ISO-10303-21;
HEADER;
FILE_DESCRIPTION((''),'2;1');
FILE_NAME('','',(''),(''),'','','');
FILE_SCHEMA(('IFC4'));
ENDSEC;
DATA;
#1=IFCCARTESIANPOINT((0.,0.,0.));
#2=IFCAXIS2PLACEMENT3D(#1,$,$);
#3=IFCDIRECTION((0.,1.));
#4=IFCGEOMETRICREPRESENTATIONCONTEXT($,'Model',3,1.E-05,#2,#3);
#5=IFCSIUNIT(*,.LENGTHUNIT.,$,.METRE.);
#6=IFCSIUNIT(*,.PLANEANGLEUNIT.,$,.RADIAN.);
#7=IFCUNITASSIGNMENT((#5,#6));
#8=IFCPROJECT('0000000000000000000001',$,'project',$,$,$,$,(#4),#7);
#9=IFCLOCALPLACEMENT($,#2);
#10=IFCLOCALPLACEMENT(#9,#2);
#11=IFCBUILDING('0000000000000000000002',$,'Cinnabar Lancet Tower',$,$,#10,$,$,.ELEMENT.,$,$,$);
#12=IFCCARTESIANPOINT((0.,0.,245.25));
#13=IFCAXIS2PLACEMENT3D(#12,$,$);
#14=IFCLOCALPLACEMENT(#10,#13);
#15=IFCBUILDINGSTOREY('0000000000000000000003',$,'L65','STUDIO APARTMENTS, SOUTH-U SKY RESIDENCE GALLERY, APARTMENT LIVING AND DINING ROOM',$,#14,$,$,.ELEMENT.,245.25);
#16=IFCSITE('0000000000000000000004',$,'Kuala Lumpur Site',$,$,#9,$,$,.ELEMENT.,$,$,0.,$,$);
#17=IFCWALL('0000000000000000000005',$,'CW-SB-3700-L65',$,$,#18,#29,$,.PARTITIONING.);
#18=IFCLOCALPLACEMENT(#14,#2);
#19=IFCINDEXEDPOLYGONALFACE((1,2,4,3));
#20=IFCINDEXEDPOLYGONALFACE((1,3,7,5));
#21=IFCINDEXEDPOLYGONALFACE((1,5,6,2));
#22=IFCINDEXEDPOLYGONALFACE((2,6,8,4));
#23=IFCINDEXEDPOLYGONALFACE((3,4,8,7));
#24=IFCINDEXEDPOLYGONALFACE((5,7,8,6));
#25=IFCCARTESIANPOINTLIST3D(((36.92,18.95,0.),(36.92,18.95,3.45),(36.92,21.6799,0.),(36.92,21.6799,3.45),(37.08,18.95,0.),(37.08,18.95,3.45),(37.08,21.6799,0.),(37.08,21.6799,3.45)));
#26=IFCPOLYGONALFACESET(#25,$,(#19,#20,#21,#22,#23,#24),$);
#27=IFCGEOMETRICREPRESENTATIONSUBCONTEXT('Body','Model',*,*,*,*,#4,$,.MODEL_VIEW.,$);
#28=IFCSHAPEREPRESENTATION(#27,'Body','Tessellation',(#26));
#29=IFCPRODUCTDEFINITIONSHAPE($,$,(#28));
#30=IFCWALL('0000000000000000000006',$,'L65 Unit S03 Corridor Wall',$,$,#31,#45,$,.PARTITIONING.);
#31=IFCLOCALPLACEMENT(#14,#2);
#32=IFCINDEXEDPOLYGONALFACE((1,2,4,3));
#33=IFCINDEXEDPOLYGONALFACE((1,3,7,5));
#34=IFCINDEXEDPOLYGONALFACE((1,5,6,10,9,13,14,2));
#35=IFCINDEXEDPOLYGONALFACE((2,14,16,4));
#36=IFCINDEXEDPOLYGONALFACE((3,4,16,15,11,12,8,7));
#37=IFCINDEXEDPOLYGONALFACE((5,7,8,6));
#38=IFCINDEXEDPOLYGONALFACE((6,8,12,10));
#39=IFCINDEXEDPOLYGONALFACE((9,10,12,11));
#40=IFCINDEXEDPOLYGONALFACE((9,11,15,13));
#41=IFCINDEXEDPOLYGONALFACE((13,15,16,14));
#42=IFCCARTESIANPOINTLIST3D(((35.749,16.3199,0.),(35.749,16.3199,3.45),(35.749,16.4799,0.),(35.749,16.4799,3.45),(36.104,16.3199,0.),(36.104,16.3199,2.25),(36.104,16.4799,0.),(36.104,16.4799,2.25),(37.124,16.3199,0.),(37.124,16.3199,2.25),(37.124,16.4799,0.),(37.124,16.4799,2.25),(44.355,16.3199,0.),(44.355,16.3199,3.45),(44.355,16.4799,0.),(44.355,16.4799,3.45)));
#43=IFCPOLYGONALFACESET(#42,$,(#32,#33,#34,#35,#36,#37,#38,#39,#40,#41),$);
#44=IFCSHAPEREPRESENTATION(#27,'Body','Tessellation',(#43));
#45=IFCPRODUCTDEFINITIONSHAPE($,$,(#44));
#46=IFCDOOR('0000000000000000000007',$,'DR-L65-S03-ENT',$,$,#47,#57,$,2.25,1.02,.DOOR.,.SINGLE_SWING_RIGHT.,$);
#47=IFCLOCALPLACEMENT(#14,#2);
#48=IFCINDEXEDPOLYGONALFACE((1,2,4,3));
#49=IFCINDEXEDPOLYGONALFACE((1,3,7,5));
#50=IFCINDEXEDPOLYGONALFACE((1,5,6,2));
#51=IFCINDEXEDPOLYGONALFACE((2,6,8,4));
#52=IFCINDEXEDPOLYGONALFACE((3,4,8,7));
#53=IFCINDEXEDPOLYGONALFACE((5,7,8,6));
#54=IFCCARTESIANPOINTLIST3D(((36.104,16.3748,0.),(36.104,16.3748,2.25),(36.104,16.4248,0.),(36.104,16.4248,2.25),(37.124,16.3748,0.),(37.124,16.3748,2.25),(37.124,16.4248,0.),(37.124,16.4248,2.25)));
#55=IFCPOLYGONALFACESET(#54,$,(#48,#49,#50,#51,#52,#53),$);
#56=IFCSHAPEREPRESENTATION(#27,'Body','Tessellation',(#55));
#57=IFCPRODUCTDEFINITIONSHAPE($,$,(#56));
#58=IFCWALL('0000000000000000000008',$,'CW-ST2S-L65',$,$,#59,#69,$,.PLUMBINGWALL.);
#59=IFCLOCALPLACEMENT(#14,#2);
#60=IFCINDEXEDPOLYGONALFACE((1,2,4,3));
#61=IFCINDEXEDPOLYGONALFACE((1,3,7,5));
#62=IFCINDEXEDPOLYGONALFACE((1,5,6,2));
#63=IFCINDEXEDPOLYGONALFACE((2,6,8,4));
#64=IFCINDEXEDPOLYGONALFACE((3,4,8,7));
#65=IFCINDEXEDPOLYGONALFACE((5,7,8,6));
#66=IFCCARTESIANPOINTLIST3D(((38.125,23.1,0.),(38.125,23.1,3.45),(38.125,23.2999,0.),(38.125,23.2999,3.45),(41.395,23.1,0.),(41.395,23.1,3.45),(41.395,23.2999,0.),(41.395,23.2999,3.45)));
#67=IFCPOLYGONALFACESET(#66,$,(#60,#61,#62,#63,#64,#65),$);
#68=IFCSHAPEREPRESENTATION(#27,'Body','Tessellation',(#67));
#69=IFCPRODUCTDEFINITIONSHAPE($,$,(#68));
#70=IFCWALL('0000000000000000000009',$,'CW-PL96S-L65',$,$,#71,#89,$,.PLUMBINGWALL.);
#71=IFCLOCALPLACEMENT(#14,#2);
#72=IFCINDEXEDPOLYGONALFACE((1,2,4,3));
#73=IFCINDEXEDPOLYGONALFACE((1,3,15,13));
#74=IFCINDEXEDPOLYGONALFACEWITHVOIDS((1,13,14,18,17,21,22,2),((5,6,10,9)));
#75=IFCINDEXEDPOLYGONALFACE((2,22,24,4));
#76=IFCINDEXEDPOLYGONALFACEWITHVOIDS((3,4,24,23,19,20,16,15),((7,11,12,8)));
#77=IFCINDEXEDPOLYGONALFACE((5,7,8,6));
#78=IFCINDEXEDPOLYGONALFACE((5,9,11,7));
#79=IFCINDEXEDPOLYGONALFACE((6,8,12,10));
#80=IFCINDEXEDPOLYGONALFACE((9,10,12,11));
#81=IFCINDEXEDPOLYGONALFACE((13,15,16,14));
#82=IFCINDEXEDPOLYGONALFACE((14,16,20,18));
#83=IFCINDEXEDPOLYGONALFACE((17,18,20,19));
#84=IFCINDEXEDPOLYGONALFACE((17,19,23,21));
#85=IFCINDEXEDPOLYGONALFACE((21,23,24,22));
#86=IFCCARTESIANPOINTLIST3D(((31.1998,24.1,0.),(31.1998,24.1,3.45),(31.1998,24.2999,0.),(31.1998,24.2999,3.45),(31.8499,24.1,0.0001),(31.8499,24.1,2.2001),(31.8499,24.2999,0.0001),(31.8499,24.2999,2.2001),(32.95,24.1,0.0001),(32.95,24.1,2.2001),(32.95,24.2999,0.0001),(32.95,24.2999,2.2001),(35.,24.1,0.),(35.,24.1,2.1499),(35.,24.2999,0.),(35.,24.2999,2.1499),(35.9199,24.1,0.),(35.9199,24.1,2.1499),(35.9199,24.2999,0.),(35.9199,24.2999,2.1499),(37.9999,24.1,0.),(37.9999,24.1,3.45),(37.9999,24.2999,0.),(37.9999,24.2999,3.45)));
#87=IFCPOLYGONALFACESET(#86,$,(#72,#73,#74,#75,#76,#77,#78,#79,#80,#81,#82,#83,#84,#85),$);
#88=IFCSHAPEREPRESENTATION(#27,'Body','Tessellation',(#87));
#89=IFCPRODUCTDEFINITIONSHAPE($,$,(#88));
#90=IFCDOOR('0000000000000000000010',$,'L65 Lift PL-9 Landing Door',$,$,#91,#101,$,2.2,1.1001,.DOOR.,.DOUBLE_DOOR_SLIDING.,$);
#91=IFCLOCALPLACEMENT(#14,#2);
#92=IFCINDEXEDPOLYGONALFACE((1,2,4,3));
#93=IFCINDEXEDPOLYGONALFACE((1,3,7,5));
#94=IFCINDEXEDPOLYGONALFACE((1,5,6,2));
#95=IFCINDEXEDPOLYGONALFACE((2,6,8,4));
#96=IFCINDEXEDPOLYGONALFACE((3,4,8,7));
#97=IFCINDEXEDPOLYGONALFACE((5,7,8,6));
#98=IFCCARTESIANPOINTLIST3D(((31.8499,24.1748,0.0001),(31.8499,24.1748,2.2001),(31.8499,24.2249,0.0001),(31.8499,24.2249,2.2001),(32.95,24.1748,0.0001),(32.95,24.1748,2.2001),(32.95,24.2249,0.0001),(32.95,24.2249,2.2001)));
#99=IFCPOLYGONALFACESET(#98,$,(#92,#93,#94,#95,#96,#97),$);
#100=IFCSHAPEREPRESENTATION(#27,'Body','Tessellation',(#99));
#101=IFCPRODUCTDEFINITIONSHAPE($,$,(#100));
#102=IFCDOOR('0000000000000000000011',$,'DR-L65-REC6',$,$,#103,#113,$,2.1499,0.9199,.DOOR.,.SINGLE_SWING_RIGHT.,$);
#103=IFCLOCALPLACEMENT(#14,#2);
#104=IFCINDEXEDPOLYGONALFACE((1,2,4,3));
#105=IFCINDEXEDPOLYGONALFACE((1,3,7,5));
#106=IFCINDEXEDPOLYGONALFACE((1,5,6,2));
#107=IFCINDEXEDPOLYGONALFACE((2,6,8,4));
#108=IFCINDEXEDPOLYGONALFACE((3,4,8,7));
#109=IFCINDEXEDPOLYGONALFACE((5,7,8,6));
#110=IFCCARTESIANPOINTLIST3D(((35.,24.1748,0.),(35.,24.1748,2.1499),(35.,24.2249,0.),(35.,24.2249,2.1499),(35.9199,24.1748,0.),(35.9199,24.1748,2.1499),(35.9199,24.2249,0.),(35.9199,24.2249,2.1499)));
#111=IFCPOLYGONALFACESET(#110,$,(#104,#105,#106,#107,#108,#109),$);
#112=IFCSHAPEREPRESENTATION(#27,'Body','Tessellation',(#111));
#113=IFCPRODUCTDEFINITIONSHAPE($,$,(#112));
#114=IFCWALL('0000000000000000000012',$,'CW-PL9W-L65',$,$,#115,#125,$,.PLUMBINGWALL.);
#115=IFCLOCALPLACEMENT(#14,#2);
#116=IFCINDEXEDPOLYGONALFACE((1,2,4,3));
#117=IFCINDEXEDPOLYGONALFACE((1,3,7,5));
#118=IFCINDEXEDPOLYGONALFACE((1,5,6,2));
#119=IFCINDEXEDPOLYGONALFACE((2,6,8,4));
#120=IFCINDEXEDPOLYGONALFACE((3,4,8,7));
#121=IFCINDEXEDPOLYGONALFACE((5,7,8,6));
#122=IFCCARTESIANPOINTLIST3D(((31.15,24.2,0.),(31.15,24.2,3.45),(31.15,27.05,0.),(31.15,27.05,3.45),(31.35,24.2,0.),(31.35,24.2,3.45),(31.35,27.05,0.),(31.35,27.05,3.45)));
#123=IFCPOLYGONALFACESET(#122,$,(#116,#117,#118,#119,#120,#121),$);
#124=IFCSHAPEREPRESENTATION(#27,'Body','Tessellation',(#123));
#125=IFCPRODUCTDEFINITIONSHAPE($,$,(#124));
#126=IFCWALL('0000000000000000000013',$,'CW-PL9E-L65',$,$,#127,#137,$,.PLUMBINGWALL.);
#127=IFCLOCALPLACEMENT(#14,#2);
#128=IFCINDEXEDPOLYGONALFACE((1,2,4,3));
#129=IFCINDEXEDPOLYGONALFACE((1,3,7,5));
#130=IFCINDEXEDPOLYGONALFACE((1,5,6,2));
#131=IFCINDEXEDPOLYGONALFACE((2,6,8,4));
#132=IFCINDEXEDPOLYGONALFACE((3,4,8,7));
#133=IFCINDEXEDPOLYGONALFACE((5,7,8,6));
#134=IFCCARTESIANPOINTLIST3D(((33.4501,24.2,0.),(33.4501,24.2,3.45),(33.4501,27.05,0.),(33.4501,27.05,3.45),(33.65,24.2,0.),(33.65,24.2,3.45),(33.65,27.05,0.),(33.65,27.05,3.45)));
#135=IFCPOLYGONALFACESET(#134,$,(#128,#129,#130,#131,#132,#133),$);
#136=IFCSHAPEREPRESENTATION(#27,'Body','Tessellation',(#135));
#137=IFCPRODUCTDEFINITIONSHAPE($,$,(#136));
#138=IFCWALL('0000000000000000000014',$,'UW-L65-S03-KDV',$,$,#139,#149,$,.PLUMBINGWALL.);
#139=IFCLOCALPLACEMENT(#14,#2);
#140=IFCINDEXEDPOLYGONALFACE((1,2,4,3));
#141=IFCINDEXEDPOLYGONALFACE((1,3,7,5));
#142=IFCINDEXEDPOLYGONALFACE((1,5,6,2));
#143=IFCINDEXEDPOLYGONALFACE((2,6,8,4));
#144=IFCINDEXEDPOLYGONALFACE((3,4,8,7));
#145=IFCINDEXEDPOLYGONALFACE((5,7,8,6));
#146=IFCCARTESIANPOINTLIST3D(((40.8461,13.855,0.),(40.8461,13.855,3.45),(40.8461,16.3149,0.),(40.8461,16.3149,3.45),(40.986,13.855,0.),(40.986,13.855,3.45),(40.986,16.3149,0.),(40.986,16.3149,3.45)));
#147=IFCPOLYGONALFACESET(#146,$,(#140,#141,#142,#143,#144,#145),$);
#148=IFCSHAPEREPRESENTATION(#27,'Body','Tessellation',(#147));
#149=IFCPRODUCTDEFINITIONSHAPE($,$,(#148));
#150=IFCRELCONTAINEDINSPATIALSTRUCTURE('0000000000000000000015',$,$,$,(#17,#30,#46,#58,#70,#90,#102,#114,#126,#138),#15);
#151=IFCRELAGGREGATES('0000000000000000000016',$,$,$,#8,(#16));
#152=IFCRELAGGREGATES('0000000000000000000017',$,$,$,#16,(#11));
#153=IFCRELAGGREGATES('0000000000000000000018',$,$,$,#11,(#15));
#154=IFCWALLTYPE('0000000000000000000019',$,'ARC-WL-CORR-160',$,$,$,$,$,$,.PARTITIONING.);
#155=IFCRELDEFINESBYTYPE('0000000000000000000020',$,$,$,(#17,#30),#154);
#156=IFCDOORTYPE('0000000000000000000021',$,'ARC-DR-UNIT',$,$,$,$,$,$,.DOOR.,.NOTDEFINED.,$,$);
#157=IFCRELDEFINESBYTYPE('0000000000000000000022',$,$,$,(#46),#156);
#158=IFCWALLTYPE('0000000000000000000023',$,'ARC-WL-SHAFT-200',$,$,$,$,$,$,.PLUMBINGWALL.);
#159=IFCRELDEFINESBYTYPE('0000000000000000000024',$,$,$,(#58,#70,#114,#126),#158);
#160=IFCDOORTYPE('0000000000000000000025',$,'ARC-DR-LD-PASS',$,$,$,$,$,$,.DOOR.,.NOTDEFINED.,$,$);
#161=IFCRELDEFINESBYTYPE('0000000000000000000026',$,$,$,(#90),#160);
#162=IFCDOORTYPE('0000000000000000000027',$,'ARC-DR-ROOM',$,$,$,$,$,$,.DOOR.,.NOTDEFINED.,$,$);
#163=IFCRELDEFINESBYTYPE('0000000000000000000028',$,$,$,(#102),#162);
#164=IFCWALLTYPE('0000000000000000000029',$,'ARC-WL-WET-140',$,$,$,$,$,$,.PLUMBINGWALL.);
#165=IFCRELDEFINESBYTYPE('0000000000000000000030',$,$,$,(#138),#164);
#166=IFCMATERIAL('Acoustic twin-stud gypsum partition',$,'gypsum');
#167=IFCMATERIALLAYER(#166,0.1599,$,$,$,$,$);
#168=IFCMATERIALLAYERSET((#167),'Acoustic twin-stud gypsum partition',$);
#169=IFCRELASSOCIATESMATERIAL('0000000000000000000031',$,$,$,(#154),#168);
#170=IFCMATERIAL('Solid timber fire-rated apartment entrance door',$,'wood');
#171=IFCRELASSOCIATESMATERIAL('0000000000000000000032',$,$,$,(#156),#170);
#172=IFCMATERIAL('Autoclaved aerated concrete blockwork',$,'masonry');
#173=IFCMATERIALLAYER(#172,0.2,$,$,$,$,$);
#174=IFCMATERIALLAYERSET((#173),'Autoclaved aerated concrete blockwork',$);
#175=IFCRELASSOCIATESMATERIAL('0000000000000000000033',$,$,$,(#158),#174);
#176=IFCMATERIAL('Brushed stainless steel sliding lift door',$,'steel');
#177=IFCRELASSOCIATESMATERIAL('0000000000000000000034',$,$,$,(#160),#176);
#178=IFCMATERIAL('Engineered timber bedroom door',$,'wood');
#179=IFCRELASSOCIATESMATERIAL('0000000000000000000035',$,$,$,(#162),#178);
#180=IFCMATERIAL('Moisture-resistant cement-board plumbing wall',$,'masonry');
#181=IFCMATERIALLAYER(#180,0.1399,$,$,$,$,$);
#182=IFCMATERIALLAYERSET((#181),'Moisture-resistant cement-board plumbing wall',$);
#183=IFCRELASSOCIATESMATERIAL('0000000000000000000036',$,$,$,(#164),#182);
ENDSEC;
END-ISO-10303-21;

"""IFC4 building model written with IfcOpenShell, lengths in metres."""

from ifc_helpers import new_model, si_unit, direction, frame, frame_2d, origin, place, context, subcontext, project, spatial, rectangle, extrude, material, layer, layer_set, type_object, element, fill, save


model = new_model("IFC4")

# Units and contexts
model_context = context("Model", 3, precision=1e-05, world=origin(), true_north=direction((0.0, 1.0)))
body_context = subcontext(model_context, "Body", "Model", "MODEL_VIEW")
ifc_project = project(units=[si_unit("LENGTHUNIT", "METRE"), si_unit("PLANEANGLEUNIT", "RADIAN")], contexts=[model_context])

# Site, building, storey
site_placement = place(None, origin())
site = spatial("IfcSite", under=ifc_project, at=site_placement, Name="Kuala Lumpur Site", CompositionType="ELEMENT", RefElevation=0.0)
building_placement = place(site_placement, origin())
building = spatial("IfcBuilding", under=site, at=building_placement, Name="Cinnabar Lancet Tower", CompositionType="ELEMENT")
storey_placement = place(building_placement, frame((0.0, 0.0, 245.25)))
storey = spatial("IfcBuildingStorey", under=building, at=storey_placement, Name="L65", Description="STUDIO APARTMENTS, SOUTH-U SKY RESIDENCE GALLERY, APARTMENT LIVING AND DINING ROOM", CompositionType="ELEMENT", Elevation=245.25)

# Shared definitions
ifc_material_1 = material(Name="Acoustic twin-stud gypsum partition", Category="gypsum")
ifc_layer_1 = layer(ifc_material_1, 0.1599)
ifc_layer_set_1 = layer_set([ifc_layer_1], Name="Acoustic twin-stud gypsum partition")
wall_type_1 = type_object("IfcWallType", Name="ARC-WL-CORR-160", PredefinedType="PARTITIONING", material=ifc_layer_set_1)

# Wall
for number, where, z_axis, x_axis, name in (
    (1, (37.0, 18.95, 0.0), (0.0, 0.0, 1.0), (0.0, 1.0, 0.0), "CW-SB-3700-L65"),
):
    element("IfcWall", number, at=place(storey_placement, frame(where, z_axis=z_axis, x_axis=x_axis)), inside=storey, type_object=wall_type_1, Name=name, PredefinedType="PARTITIONING", context=body_context, shape_type="SweptSolid", body=[
        extrude(rectangle(XDim=2.73, YDim=0.1599, at=frame_2d((1.365, 0.0))), origin(), (0.0, 0.0, 1.0), 3.45),
    ])

# Wall, opening, door
wall_1_placement = place(storey_placement, frame((35.749, 16.3999, 0.0), z_axis=(0.0, 0.0, 1.0), x_axis=(1.0, 0.0, 0.0)))
wall_1 = element("IfcWall", 2, at=wall_1_placement, inside=storey, type_object=wall_type_1, Name="L65 Unit S03 Corridor Wall", PredefinedType="PARTITIONING", context=body_context, shape_type="SweptSolid", body=[
    extrude(rectangle(XDim=8.606, YDim=0.1599, at=frame_2d((4.303, 0.0))), origin(), (0.0, 0.0, 1.0), 3.45),
])
opening_1_placement = place(wall_1_placement, frame((0.355, 0.0, 0.0)))
opening_1 = element("IfcOpeningElement", 3, at=opening_1_placement, cuts=wall_1, PredefinedType="OPENING", context=body_context, shape_type="SweptSolid", body=[
    extrude(rectangle(XDim=1.02, YDim=2.25, at=frame_2d((0.51, 1.125))), frame((0.0, 0.0898, 0.0), z_axis=(0.0, -1.0, 0.0), x_axis=(1.0, 0.0, 0.0)), (0.0, 0.0, 1.0), 0.1799),
])
ifc_material_2 = material(Name="Solid timber fire-rated apartment entrance door", Category="wood")
door_type_1 = type_object("IfcDoorType", Name="ARC-DR-UNIT", OperationType="NOTDEFINED", PredefinedType="DOOR", material=ifc_material_2)
door_1_placement = place(opening_1_placement, origin())
door_1 = element("IfcDoor", 4, at=door_1_placement, inside=storey, type_object=door_type_1, Name="DR-L65-S03-ENT", OperationType="SINGLE_SWING_RIGHT", OverallHeight=2.25, OverallWidth=1.02, PredefinedType="DOOR", context=body_context, shape_type="SweptSolid", body=[
    extrude(rectangle(XDim=1.02, YDim=2.25, at=frame_2d((0.51, 1.125))), frame((0.0, 0.0249, 0.0), z_axis=(0.0, -1.0, 0.0), x_axis=(1.0, 0.0, 0.0)), (0.0, 0.0, 1.0), 0.05),
])
fill(opening_1, door_1)

# Wall
ifc_material_3 = material(Name="Autoclaved aerated concrete blockwork", Category="masonry")
ifc_layer_2 = layer(ifc_material_3, 0.2)
ifc_layer_set_2 = layer_set([ifc_layer_2], Name="Autoclaved aerated concrete blockwork")
wall_type_2 = type_object("IfcWallType", Name="ARC-WL-SHAFT-200", PredefinedType="PLUMBINGWALL", material=ifc_layer_set_2)
wall_2_placement = place(storey_placement, frame((38.125, 23.2, 0.0), z_axis=(0.0, 0.0, 1.0), x_axis=(1.0, 0.0, 0.0)))
element("IfcWall", 5, at=wall_2_placement, inside=storey, type_object=wall_type_2, Name="CW-ST2S-L65", PredefinedType="PLUMBINGWALL", context=body_context, shape_type="SweptSolid", body=[
    extrude(rectangle(XDim=3.27, YDim=0.2, at=frame_2d((1.635, 0.0))), origin(), (0.0, 0.0, 1.0), 3.45),
])

# Wall, openings, doors
wall_3_placement = place(storey_placement, frame((31.2, 24.2, 0.0), z_axis=(0.0, 0.0, 1.0), x_axis=(1.0, 0.0, 0.0)))
wall_3 = element("IfcWall", 6, at=wall_3_placement, inside=storey, type_object=wall_type_2, Name="CW-PL96S-L65", PredefinedType="PLUMBINGWALL", context=body_context, shape_type="SweptSolid", body=[
    extrude(rectangle(XDim=6.8, YDim=0.2, at=frame_2d((3.3999, 0.0))), origin(), (0.0, 0.0, 1.0), 3.45),
])
opening_2_placement = place(wall_3_placement, frame((0.6499, 0.0, 0.0)))
opening_2 = element("IfcOpeningElement", 7, at=opening_2_placement, cuts=wall_3, PredefinedType="OPENING", context=body_context, shape_type="SweptSolid", body=[
    extrude(rectangle(XDim=1.1001, YDim=2.2, at=frame_2d((0.55, 1.1001))), frame((0.0, 0.1099, 0.0), z_axis=(0.0, -1.0, 0.0), x_axis=(1.0, 0.0, 0.0)), (0.0, 0.0, 1.0), 0.22),
])
opening_3_placement = place(wall_3_placement, frame((3.8, 0.0, 0.0)))
opening_3 = element("IfcOpeningElement", 8, at=opening_3_placement, cuts=wall_3, PredefinedType="OPENING", context=body_context, shape_type="SweptSolid", body=[
    extrude(rectangle(XDim=0.9199, YDim=2.1499, at=frame_2d((0.46, 1.075))), frame((0.0, 0.1099, 0.0), z_axis=(0.0, -1.0, 0.0), x_axis=(1.0, 0.0, 0.0)), (0.0, 0.0, 1.0), 0.22),
])
ifc_material_4 = material(Name="Brushed stainless steel sliding lift door", Category="steel")
door_type_2 = type_object("IfcDoorType", Name="ARC-DR-LD-PASS", OperationType="NOTDEFINED", PredefinedType="DOOR", material=ifc_material_4)
door_2_placement = place(opening_2_placement, origin())
door_2 = element("IfcDoor", 9, at=door_2_placement, inside=storey, type_object=door_type_2, Name="L65 Lift PL-9 Landing Door", OperationType="DOUBLE_DOOR_SLIDING", OverallHeight=2.2, OverallWidth=1.1001, PredefinedType="DOOR", context=body_context, shape_type="SweptSolid", body=[
    extrude(rectangle(XDim=1.1001, YDim=2.2, at=frame_2d((0.55, 1.1001))), frame((0.0, 0.0249, 0.0), z_axis=(0.0, -1.0, 0.0), x_axis=(1.0, 0.0, 0.0)), (0.0, 0.0, 1.0), 0.05),
])
fill(opening_2, door_2)
ifc_material_5 = material(Name="Engineered timber bedroom door", Category="wood")
door_type_3 = type_object("IfcDoorType", Name="ARC-DR-ROOM", OperationType="NOTDEFINED", PredefinedType="DOOR", material=ifc_material_5)
door_3_placement = place(opening_3_placement, origin())
door_3 = element("IfcDoor", 10, at=door_3_placement, inside=storey, type_object=door_type_3, Name="DR-L65-REC6", OperationType="SINGLE_SWING_RIGHT", OverallHeight=2.1499, OverallWidth=0.9199, PredefinedType="DOOR", context=body_context, shape_type="SweptSolid", body=[
    extrude(rectangle(XDim=0.9199, YDim=2.1499, at=frame_2d((0.46, 1.075))), frame((0.0, 0.0249, 0.0), z_axis=(0.0, -1.0, 0.0), x_axis=(1.0, 0.0, 0.0)), (0.0, 0.0, 1.0), 0.05),
])
fill(opening_3, door_3)

# Walls
for number, where, z_axis, x_axis, name in (
    (11, (31.25, 24.2, 0.0), (0.0, 0.0, 1.0), (0.0, 1.0, 0.0), "CW-PL9W-L65"),
    (12, (33.55, 24.2, 0.0), (0.0, 0.0, 1.0), (0.0, 1.0, 0.0), "CW-PL9E-L65"),
):
    element("IfcWall", number, at=place(storey_placement, frame(where, z_axis=z_axis, x_axis=x_axis)), inside=storey, type_object=wall_type_2, Name=name, PredefinedType="PLUMBINGWALL", context=body_context, shape_type="SweptSolid", body=[
        extrude(rectangle(XDim=2.8501, YDim=0.2, at=frame_2d((1.425, 0.0))), origin(), (0.0, 0.0, 1.0), 3.45),
    ])
ifc_material_6 = material(Name="Moisture-resistant cement-board plumbing wall", Category="masonry")
ifc_layer_3 = layer(ifc_material_6, 0.1399)
ifc_layer_set_3 = layer_set([ifc_layer_3], Name="Moisture-resistant cement-board plumbing wall")
wall_type_3 = type_object("IfcWallType", Name="ARC-WL-WET-140", PredefinedType="PLUMBINGWALL", material=ifc_layer_set_3)
wall_4_placement = place(storey_placement, frame((40.916, 13.855, 0.0), z_axis=(0.0, 0.0, 1.0), x_axis=(0.0, 1.0, 0.0)))
element("IfcWall", 13, at=wall_4_placement, inside=storey, type_object=wall_type_3, Name="UW-L65-S03-KDV", PredefinedType="PLUMBINGWALL", context=body_context, shape_type="SweptSolid", body=[
    extrude(rectangle(XDim=2.46, YDim=0.1399, at=frame_2d((1.23, 0.0))), origin(), (0.0, 0.0, 1.0), 3.45),
])

save(model, "model.ifc")
